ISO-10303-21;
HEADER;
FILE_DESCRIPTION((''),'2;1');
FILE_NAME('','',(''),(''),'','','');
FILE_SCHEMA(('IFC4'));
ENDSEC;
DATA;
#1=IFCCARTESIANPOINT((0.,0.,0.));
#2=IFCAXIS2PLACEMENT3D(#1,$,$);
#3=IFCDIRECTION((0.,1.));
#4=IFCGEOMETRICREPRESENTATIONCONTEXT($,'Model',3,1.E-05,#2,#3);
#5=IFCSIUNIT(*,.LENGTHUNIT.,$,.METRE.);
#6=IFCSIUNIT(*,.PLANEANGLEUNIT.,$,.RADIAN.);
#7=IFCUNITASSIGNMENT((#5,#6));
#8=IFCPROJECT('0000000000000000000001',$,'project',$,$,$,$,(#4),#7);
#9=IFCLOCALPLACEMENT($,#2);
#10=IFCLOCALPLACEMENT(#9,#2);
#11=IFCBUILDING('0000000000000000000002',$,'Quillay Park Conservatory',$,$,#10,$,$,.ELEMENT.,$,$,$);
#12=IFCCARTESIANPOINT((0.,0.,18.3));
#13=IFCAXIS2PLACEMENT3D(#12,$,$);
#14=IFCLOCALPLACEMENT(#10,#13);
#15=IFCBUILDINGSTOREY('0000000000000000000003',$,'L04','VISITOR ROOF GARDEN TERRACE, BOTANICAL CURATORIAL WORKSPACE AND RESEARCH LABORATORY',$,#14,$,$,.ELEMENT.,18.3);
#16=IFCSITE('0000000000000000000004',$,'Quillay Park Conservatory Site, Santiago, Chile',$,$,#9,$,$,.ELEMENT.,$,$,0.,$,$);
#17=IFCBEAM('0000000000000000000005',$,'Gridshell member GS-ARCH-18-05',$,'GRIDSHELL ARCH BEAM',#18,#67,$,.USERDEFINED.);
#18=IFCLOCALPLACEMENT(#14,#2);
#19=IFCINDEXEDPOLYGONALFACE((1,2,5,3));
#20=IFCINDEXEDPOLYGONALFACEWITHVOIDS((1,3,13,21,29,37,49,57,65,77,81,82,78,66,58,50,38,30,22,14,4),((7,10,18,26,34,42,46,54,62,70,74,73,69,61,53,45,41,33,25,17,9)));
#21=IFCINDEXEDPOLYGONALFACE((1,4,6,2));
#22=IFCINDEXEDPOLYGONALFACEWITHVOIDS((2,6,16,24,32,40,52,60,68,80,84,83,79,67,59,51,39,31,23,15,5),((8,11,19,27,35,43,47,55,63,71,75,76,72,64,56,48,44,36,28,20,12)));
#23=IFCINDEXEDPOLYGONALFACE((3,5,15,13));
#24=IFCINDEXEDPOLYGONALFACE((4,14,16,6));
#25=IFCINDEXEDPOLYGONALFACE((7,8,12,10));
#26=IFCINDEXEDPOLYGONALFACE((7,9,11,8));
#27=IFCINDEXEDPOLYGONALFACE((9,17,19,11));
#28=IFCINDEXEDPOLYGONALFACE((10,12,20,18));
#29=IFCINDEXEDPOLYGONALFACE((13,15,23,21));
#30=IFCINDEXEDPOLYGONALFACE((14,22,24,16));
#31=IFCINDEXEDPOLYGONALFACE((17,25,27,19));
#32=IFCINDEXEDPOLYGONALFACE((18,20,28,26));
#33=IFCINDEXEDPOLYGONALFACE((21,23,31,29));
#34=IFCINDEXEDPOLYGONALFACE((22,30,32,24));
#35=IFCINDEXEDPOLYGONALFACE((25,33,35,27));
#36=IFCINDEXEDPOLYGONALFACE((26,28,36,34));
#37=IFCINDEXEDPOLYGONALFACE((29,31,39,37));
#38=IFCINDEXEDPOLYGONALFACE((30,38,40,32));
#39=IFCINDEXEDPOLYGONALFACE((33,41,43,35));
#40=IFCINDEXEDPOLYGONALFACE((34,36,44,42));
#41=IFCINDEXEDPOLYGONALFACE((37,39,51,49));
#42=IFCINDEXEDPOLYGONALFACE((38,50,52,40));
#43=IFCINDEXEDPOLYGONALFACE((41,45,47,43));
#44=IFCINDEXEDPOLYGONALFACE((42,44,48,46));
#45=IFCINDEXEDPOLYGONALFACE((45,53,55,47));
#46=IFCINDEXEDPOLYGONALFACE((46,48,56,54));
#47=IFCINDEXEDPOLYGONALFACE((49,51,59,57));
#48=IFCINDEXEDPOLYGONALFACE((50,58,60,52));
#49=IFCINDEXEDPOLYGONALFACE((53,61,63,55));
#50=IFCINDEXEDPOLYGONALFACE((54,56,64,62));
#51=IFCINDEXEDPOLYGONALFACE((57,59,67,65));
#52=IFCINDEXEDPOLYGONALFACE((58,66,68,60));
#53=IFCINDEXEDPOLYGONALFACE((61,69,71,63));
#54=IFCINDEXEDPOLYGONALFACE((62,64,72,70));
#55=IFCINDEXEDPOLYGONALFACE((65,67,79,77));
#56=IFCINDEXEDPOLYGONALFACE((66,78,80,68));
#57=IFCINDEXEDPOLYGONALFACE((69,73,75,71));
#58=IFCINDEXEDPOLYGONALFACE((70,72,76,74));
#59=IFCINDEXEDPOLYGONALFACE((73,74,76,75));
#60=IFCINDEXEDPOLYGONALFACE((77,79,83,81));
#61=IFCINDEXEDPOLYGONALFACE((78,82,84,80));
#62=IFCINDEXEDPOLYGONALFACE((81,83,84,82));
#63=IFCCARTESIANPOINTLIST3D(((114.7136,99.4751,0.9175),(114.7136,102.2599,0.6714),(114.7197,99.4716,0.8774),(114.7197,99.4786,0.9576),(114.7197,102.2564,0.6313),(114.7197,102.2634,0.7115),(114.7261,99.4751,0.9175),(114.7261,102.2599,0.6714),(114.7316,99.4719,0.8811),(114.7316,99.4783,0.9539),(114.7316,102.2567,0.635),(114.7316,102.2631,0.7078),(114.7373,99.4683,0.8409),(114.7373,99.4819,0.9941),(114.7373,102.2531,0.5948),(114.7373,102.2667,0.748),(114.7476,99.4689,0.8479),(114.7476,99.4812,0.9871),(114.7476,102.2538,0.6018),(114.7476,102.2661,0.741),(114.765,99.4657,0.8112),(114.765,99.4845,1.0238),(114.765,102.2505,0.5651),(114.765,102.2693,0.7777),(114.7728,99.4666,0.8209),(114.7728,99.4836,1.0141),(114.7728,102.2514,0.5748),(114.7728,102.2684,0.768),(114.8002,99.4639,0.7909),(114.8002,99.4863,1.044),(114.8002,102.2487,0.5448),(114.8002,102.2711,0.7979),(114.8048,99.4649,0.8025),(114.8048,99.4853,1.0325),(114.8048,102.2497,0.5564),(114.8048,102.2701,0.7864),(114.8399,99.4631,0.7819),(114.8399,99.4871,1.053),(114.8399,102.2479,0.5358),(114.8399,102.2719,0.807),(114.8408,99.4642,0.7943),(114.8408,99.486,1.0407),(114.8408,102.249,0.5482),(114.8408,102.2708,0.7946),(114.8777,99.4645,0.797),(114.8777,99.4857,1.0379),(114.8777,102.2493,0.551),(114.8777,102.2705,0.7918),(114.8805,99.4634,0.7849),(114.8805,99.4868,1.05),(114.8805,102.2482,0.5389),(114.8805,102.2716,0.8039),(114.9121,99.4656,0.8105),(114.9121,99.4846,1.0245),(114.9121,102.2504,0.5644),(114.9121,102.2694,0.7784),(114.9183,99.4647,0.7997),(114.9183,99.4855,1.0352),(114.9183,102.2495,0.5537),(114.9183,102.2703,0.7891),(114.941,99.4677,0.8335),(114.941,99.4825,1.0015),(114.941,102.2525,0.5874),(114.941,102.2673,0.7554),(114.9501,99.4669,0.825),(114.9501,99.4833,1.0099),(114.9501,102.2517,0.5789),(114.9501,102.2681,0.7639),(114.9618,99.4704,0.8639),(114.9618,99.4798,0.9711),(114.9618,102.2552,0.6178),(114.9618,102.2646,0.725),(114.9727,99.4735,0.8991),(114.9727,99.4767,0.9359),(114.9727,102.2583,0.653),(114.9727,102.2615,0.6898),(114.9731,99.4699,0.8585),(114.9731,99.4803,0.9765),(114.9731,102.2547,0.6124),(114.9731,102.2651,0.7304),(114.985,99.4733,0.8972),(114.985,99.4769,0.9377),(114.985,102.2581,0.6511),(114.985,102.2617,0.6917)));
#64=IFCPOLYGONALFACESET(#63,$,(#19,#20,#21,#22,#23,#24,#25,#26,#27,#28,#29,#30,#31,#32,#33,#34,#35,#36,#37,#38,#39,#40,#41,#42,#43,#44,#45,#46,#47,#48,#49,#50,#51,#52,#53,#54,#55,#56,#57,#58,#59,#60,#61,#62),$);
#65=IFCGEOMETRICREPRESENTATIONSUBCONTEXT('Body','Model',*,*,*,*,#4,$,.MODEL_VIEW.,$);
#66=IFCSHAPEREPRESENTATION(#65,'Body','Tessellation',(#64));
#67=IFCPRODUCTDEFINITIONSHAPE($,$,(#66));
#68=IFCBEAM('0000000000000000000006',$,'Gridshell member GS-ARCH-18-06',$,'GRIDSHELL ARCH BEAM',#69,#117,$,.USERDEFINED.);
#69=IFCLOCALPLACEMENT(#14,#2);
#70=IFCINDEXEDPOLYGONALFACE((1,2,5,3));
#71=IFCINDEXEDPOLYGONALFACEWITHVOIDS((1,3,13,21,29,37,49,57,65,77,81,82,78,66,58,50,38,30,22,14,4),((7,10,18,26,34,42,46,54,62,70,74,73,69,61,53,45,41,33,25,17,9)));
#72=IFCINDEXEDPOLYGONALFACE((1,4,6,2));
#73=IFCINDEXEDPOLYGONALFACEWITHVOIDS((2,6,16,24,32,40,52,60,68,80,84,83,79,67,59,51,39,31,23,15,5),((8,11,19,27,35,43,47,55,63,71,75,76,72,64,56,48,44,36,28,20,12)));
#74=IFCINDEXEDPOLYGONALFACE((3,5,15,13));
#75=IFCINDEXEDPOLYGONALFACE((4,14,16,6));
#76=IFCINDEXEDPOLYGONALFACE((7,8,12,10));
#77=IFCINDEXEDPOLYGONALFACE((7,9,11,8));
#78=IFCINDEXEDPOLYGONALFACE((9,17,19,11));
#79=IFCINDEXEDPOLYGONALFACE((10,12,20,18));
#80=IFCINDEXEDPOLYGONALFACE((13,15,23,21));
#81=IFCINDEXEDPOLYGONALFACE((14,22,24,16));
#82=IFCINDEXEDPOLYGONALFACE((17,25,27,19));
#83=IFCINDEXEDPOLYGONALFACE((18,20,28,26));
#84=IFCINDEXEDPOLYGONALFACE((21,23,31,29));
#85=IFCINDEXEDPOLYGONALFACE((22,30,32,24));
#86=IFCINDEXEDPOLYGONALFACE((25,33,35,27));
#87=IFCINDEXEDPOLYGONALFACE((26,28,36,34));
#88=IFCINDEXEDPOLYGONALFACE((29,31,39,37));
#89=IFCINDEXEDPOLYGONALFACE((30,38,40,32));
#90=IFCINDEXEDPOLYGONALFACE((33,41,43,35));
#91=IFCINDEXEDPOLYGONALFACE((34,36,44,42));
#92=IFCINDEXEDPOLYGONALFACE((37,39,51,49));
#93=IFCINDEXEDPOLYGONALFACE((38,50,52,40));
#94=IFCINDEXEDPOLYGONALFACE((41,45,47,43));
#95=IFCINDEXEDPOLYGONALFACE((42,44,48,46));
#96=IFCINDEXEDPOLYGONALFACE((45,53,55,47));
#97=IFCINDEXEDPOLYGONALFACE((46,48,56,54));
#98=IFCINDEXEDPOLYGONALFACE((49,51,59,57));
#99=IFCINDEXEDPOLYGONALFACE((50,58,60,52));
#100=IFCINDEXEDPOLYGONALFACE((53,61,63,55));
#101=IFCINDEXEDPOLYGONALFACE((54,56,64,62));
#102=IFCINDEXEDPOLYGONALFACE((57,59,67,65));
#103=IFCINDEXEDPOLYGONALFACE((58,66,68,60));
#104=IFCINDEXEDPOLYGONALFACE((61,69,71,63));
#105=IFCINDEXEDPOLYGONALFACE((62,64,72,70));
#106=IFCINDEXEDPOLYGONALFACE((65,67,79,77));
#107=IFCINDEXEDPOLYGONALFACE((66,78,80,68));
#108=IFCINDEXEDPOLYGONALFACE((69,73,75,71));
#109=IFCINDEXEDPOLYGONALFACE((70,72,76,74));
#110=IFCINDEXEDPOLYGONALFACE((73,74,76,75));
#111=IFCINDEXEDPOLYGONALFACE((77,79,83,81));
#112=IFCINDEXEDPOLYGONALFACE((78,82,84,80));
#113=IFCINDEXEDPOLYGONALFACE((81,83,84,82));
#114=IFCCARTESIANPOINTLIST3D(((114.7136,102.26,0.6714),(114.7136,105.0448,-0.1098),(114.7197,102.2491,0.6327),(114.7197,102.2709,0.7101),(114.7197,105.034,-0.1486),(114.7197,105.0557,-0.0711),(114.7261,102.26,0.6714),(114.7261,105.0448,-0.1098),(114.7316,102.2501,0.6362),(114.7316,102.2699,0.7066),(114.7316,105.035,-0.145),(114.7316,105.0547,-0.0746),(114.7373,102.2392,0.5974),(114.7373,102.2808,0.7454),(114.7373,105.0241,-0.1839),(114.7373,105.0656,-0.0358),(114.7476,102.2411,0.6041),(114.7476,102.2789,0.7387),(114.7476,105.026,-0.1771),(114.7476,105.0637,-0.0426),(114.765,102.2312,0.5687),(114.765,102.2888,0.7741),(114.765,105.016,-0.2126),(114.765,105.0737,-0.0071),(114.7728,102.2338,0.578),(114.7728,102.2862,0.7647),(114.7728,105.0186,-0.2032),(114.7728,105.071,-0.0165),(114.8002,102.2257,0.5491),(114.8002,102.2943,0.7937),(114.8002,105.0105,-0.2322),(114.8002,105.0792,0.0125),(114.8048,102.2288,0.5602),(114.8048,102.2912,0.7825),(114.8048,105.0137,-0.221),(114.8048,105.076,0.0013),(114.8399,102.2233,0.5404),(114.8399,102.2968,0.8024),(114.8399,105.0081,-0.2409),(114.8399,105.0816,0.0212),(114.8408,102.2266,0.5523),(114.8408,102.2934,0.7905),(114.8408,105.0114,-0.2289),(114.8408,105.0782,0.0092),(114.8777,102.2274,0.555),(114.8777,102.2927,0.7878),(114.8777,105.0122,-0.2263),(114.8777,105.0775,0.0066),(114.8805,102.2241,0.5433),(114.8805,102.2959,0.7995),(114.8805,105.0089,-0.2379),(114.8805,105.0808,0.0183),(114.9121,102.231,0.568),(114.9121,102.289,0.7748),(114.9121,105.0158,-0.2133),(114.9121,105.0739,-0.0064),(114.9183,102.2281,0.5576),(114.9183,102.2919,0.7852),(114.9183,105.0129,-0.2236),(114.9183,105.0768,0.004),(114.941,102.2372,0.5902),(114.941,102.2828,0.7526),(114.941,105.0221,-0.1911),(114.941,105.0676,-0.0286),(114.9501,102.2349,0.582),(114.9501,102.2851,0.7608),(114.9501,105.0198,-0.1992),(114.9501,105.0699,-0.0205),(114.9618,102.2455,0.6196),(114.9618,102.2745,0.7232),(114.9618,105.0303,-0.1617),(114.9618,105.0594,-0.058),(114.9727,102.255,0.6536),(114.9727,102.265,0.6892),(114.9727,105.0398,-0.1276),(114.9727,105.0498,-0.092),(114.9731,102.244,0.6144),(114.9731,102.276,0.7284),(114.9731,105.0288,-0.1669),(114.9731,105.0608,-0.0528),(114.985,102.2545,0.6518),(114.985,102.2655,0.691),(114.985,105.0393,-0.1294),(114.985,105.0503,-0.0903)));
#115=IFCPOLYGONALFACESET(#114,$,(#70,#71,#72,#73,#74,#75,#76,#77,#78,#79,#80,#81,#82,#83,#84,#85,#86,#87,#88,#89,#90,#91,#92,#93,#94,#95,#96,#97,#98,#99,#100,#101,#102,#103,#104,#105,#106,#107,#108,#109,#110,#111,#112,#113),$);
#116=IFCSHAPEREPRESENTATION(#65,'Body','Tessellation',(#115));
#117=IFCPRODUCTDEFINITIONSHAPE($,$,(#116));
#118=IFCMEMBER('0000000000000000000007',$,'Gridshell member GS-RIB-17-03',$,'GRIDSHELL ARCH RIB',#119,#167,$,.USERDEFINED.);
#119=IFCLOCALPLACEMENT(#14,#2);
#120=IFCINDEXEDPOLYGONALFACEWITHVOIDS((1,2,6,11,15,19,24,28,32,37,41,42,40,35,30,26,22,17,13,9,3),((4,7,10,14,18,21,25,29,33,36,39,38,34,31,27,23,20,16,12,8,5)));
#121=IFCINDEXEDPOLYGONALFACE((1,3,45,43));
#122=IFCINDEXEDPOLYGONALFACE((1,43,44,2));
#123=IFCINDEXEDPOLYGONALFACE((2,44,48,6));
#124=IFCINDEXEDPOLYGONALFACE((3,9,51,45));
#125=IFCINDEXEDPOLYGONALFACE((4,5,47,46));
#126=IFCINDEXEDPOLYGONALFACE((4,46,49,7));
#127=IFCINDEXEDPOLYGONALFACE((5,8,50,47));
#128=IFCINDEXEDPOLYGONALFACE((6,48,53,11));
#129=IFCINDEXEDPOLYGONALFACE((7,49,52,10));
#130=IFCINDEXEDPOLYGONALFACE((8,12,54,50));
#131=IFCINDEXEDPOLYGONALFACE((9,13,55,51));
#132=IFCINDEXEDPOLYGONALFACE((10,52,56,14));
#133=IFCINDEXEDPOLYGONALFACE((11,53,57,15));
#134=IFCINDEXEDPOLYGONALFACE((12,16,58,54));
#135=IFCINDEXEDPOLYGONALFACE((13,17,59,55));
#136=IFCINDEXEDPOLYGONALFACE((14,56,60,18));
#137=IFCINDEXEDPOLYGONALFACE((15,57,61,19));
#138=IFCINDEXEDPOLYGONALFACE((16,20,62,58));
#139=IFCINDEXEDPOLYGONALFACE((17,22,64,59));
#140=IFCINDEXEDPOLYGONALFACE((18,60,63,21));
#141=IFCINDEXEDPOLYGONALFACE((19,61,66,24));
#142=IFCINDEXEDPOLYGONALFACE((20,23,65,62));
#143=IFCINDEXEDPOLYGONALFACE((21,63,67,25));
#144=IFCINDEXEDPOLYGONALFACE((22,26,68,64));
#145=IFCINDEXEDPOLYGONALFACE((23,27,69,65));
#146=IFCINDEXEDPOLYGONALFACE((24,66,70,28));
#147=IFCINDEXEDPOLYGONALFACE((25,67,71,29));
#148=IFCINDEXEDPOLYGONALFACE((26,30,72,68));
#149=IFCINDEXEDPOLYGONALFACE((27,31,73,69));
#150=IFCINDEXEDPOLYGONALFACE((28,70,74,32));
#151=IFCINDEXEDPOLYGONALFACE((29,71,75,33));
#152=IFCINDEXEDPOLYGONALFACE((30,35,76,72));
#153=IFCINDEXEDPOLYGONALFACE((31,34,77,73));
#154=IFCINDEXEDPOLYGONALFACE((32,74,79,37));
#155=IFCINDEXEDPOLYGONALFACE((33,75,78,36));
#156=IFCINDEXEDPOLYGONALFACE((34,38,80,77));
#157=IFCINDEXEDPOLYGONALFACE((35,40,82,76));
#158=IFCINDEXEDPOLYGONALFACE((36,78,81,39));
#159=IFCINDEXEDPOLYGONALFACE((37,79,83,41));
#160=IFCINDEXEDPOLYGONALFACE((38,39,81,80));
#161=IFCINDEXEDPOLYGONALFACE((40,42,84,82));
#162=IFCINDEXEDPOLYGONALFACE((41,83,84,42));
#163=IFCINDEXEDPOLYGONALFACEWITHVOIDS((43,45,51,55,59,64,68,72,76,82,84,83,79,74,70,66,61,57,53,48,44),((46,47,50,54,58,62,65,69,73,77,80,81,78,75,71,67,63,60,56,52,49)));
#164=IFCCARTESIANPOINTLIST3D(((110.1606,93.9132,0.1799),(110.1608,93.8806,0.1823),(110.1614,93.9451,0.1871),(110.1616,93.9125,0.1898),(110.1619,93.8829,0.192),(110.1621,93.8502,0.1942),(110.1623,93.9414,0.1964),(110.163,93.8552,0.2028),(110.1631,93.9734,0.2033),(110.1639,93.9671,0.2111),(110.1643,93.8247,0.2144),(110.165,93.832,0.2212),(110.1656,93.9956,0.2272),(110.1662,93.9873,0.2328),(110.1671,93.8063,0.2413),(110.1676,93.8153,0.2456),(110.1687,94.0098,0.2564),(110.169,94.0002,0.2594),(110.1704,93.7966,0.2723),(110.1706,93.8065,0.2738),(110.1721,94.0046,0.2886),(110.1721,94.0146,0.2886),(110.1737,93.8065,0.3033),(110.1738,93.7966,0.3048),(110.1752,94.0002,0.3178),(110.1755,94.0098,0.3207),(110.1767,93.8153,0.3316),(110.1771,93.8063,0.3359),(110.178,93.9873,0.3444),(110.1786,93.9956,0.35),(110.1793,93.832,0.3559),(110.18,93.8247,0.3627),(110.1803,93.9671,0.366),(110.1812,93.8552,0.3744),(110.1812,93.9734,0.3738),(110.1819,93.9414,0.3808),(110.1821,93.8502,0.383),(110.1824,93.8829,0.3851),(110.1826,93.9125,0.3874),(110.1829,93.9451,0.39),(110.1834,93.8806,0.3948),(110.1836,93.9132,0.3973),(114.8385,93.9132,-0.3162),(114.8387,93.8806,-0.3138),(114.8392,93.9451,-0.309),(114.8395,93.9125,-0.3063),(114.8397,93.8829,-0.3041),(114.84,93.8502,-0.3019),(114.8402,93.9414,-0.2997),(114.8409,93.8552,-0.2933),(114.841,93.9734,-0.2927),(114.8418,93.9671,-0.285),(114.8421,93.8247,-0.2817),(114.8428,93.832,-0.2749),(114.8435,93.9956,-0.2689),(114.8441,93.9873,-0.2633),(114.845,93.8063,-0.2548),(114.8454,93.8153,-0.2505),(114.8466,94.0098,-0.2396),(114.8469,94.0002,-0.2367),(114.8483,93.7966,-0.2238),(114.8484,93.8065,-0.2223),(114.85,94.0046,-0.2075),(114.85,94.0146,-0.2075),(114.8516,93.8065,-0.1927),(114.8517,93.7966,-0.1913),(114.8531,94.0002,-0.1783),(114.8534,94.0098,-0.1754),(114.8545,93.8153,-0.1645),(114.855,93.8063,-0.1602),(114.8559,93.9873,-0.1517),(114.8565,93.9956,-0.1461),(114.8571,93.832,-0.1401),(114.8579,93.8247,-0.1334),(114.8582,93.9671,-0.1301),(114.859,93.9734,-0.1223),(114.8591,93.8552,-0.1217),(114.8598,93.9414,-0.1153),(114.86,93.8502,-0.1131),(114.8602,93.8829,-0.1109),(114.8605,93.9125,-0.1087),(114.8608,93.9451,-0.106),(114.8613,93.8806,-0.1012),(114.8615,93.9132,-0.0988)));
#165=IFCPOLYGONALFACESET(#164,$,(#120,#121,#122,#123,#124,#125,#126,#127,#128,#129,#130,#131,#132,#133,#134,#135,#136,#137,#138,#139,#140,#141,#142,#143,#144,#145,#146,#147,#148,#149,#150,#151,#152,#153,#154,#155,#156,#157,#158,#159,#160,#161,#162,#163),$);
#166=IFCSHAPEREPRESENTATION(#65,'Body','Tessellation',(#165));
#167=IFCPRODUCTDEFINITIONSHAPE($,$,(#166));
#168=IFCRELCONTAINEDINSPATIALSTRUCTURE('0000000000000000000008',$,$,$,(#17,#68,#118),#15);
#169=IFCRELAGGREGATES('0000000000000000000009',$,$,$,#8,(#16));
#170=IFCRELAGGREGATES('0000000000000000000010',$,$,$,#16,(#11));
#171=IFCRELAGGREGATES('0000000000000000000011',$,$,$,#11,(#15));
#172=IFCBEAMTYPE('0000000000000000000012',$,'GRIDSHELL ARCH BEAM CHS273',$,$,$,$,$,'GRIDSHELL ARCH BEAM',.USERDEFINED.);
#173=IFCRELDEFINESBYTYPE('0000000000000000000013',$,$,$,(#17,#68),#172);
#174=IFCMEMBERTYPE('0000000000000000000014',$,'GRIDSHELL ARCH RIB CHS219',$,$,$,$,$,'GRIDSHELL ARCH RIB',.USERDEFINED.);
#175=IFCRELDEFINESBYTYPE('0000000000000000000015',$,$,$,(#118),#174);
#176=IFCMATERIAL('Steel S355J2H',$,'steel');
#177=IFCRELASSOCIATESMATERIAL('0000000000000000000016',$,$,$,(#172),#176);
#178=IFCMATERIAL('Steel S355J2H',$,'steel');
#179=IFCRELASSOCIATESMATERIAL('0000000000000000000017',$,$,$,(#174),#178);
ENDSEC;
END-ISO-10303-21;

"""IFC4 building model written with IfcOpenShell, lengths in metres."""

from ifc_helpers import new_model, si_unit, direction, frame, origin, origin_2d, place, context, subcontext, project, spatial, hollow_circle, extrude, material, material_profile, profile_set, type_object, element, save


model = new_model("IFC4")

# Units and contexts
model_context = context("Model", 3, precision=1e-05, world=origin(), true_north=direction((0.0, 1.0)))
body_context = subcontext(model_context, "Body", "Model", "MODEL_VIEW")
ifc_project = project(units=[si_unit("LENGTHUNIT", "METRE"), si_unit("PLANEANGLEUNIT", "RADIAN")], contexts=[model_context])

# Site, building, storey
site_placement = place(None, origin())
site = spatial("IfcSite", under=ifc_project, at=site_placement, Name="Quillay Park Conservatory Site, Santiago, Chile", CompositionType="ELEMENT", RefElevation=0.0)
building_placement = place(site_placement, origin())
building = spatial("IfcBuilding", under=site, at=building_placement, Name="Quillay Park Conservatory", CompositionType="ELEMENT")
storey_placement = place(building_placement, frame((0.0, 0.0, 18.3)))
storey = spatial("IfcBuildingStorey", under=building, at=storey_placement, Name="L04", Description="VISITOR ROOF GARDEN TERRACE, BOTANICAL CURATORIAL WORKSPACE AND RESEARCH LABORATORY", CompositionType="ELEMENT", Elevation=18.3)

# Beams
ifc_material_1 = material(Name="Steel S355J2H", Category="steel")
ifc_material_profile_1 = material_profile(ifc_material_1, hollow_circle(Radius=0.1365, WallThickness=0.0125, at=origin_2d()), Name="CHS273x12.5")
ifc_profile_set_1 = profile_set([ifc_material_profile_1], Name="Steel S355J2H")
beam_type = type_object("IfcBeamType", Name="GRIDSHELL ARCH BEAM CHS273", ElementType="GRIDSHELL ARCH BEAM", PredefinedType="USERDEFINED", material=ifc_profile_set_1)
beam_1_placement = place(storey_placement, frame((114.8501, 99.4751, 0.9175), z_axis=(0.0, 0.996118, -0.088024), x_axis=(-1.0, 0.0, 0.0)))
element("IfcBeam", 1, at=beam_1_placement, inside=storey, type_object=beam_type, Name="Gridshell member GS-ARCH-18-05", ObjectType="GRIDSHELL ARCH BEAM", PredefinedType="USERDEFINED", context=body_context, shape_type="SweptSolid", body=[
    extrude(hollow_circle(Radius=0.1365, WallThickness=0.0125, at=origin_2d()), origin(), (0.0, 0.0, 1.0), 2.7957),
])
beam_2_placement = place(storey_placement, frame((114.8501, 102.26, 0.6714), z_axis=(0.0, 0.962832, -0.270103), x_axis=(-1.0, 0.0, 0.0)))
element("IfcBeam", 2, at=beam_2_placement, inside=storey, type_object=beam_type, Name="Gridshell member GS-ARCH-18-06", ObjectType="GRIDSHELL ARCH BEAM", PredefinedType="USERDEFINED", context=body_context, shape_type="SweptSolid", body=[
    extrude(hollow_circle(Radius=0.1365, WallThickness=0.0125, at=origin_2d()), origin(), (0.0, 0.0, 1.0), 2.8923),
])

# Member
ifc_material_2 = material(Name="Steel S355J2H", Category="steel")
ifc_material_profile_2 = material_profile(ifc_material_2, hollow_circle(Radius=0.1096, WallThickness=0.01, at=origin_2d()), Name="CHS219.1x10")
ifc_profile_set_2 = profile_set([ifc_material_profile_2], Name="Steel S355J2H")
member_type = type_object("IfcMemberType", Name="GRIDSHELL ARCH RIB CHS219", ElementType="GRIDSHELL ARCH RIB", PredefinedType="USERDEFINED", material=ifc_profile_set_2)
for number, where, z_axis, x_axis, name in (
    (3, (110.1721, 93.905, 0.2886), (0.994424, 0.0, -0.105457), (0.0, 1.0, 0.0), "Gridshell member GS-RIB-17-03"),
):
    element("IfcMember", number, at=place(storey_placement, frame(where, z_axis=z_axis, x_axis=x_axis)), inside=storey, type_object=member_type, Name=name, ObjectType="GRIDSHELL ARCH RIB", PredefinedType="USERDEFINED", context=body_context, shape_type="SweptSolid", body=[
        extrude(hollow_circle(Radius=0.1096, WallThickness=0.01, at=origin_2d()), origin(), (0.0, 0.0, 1.0), 4.7041),
    ])

save(model, "model.ifc")
